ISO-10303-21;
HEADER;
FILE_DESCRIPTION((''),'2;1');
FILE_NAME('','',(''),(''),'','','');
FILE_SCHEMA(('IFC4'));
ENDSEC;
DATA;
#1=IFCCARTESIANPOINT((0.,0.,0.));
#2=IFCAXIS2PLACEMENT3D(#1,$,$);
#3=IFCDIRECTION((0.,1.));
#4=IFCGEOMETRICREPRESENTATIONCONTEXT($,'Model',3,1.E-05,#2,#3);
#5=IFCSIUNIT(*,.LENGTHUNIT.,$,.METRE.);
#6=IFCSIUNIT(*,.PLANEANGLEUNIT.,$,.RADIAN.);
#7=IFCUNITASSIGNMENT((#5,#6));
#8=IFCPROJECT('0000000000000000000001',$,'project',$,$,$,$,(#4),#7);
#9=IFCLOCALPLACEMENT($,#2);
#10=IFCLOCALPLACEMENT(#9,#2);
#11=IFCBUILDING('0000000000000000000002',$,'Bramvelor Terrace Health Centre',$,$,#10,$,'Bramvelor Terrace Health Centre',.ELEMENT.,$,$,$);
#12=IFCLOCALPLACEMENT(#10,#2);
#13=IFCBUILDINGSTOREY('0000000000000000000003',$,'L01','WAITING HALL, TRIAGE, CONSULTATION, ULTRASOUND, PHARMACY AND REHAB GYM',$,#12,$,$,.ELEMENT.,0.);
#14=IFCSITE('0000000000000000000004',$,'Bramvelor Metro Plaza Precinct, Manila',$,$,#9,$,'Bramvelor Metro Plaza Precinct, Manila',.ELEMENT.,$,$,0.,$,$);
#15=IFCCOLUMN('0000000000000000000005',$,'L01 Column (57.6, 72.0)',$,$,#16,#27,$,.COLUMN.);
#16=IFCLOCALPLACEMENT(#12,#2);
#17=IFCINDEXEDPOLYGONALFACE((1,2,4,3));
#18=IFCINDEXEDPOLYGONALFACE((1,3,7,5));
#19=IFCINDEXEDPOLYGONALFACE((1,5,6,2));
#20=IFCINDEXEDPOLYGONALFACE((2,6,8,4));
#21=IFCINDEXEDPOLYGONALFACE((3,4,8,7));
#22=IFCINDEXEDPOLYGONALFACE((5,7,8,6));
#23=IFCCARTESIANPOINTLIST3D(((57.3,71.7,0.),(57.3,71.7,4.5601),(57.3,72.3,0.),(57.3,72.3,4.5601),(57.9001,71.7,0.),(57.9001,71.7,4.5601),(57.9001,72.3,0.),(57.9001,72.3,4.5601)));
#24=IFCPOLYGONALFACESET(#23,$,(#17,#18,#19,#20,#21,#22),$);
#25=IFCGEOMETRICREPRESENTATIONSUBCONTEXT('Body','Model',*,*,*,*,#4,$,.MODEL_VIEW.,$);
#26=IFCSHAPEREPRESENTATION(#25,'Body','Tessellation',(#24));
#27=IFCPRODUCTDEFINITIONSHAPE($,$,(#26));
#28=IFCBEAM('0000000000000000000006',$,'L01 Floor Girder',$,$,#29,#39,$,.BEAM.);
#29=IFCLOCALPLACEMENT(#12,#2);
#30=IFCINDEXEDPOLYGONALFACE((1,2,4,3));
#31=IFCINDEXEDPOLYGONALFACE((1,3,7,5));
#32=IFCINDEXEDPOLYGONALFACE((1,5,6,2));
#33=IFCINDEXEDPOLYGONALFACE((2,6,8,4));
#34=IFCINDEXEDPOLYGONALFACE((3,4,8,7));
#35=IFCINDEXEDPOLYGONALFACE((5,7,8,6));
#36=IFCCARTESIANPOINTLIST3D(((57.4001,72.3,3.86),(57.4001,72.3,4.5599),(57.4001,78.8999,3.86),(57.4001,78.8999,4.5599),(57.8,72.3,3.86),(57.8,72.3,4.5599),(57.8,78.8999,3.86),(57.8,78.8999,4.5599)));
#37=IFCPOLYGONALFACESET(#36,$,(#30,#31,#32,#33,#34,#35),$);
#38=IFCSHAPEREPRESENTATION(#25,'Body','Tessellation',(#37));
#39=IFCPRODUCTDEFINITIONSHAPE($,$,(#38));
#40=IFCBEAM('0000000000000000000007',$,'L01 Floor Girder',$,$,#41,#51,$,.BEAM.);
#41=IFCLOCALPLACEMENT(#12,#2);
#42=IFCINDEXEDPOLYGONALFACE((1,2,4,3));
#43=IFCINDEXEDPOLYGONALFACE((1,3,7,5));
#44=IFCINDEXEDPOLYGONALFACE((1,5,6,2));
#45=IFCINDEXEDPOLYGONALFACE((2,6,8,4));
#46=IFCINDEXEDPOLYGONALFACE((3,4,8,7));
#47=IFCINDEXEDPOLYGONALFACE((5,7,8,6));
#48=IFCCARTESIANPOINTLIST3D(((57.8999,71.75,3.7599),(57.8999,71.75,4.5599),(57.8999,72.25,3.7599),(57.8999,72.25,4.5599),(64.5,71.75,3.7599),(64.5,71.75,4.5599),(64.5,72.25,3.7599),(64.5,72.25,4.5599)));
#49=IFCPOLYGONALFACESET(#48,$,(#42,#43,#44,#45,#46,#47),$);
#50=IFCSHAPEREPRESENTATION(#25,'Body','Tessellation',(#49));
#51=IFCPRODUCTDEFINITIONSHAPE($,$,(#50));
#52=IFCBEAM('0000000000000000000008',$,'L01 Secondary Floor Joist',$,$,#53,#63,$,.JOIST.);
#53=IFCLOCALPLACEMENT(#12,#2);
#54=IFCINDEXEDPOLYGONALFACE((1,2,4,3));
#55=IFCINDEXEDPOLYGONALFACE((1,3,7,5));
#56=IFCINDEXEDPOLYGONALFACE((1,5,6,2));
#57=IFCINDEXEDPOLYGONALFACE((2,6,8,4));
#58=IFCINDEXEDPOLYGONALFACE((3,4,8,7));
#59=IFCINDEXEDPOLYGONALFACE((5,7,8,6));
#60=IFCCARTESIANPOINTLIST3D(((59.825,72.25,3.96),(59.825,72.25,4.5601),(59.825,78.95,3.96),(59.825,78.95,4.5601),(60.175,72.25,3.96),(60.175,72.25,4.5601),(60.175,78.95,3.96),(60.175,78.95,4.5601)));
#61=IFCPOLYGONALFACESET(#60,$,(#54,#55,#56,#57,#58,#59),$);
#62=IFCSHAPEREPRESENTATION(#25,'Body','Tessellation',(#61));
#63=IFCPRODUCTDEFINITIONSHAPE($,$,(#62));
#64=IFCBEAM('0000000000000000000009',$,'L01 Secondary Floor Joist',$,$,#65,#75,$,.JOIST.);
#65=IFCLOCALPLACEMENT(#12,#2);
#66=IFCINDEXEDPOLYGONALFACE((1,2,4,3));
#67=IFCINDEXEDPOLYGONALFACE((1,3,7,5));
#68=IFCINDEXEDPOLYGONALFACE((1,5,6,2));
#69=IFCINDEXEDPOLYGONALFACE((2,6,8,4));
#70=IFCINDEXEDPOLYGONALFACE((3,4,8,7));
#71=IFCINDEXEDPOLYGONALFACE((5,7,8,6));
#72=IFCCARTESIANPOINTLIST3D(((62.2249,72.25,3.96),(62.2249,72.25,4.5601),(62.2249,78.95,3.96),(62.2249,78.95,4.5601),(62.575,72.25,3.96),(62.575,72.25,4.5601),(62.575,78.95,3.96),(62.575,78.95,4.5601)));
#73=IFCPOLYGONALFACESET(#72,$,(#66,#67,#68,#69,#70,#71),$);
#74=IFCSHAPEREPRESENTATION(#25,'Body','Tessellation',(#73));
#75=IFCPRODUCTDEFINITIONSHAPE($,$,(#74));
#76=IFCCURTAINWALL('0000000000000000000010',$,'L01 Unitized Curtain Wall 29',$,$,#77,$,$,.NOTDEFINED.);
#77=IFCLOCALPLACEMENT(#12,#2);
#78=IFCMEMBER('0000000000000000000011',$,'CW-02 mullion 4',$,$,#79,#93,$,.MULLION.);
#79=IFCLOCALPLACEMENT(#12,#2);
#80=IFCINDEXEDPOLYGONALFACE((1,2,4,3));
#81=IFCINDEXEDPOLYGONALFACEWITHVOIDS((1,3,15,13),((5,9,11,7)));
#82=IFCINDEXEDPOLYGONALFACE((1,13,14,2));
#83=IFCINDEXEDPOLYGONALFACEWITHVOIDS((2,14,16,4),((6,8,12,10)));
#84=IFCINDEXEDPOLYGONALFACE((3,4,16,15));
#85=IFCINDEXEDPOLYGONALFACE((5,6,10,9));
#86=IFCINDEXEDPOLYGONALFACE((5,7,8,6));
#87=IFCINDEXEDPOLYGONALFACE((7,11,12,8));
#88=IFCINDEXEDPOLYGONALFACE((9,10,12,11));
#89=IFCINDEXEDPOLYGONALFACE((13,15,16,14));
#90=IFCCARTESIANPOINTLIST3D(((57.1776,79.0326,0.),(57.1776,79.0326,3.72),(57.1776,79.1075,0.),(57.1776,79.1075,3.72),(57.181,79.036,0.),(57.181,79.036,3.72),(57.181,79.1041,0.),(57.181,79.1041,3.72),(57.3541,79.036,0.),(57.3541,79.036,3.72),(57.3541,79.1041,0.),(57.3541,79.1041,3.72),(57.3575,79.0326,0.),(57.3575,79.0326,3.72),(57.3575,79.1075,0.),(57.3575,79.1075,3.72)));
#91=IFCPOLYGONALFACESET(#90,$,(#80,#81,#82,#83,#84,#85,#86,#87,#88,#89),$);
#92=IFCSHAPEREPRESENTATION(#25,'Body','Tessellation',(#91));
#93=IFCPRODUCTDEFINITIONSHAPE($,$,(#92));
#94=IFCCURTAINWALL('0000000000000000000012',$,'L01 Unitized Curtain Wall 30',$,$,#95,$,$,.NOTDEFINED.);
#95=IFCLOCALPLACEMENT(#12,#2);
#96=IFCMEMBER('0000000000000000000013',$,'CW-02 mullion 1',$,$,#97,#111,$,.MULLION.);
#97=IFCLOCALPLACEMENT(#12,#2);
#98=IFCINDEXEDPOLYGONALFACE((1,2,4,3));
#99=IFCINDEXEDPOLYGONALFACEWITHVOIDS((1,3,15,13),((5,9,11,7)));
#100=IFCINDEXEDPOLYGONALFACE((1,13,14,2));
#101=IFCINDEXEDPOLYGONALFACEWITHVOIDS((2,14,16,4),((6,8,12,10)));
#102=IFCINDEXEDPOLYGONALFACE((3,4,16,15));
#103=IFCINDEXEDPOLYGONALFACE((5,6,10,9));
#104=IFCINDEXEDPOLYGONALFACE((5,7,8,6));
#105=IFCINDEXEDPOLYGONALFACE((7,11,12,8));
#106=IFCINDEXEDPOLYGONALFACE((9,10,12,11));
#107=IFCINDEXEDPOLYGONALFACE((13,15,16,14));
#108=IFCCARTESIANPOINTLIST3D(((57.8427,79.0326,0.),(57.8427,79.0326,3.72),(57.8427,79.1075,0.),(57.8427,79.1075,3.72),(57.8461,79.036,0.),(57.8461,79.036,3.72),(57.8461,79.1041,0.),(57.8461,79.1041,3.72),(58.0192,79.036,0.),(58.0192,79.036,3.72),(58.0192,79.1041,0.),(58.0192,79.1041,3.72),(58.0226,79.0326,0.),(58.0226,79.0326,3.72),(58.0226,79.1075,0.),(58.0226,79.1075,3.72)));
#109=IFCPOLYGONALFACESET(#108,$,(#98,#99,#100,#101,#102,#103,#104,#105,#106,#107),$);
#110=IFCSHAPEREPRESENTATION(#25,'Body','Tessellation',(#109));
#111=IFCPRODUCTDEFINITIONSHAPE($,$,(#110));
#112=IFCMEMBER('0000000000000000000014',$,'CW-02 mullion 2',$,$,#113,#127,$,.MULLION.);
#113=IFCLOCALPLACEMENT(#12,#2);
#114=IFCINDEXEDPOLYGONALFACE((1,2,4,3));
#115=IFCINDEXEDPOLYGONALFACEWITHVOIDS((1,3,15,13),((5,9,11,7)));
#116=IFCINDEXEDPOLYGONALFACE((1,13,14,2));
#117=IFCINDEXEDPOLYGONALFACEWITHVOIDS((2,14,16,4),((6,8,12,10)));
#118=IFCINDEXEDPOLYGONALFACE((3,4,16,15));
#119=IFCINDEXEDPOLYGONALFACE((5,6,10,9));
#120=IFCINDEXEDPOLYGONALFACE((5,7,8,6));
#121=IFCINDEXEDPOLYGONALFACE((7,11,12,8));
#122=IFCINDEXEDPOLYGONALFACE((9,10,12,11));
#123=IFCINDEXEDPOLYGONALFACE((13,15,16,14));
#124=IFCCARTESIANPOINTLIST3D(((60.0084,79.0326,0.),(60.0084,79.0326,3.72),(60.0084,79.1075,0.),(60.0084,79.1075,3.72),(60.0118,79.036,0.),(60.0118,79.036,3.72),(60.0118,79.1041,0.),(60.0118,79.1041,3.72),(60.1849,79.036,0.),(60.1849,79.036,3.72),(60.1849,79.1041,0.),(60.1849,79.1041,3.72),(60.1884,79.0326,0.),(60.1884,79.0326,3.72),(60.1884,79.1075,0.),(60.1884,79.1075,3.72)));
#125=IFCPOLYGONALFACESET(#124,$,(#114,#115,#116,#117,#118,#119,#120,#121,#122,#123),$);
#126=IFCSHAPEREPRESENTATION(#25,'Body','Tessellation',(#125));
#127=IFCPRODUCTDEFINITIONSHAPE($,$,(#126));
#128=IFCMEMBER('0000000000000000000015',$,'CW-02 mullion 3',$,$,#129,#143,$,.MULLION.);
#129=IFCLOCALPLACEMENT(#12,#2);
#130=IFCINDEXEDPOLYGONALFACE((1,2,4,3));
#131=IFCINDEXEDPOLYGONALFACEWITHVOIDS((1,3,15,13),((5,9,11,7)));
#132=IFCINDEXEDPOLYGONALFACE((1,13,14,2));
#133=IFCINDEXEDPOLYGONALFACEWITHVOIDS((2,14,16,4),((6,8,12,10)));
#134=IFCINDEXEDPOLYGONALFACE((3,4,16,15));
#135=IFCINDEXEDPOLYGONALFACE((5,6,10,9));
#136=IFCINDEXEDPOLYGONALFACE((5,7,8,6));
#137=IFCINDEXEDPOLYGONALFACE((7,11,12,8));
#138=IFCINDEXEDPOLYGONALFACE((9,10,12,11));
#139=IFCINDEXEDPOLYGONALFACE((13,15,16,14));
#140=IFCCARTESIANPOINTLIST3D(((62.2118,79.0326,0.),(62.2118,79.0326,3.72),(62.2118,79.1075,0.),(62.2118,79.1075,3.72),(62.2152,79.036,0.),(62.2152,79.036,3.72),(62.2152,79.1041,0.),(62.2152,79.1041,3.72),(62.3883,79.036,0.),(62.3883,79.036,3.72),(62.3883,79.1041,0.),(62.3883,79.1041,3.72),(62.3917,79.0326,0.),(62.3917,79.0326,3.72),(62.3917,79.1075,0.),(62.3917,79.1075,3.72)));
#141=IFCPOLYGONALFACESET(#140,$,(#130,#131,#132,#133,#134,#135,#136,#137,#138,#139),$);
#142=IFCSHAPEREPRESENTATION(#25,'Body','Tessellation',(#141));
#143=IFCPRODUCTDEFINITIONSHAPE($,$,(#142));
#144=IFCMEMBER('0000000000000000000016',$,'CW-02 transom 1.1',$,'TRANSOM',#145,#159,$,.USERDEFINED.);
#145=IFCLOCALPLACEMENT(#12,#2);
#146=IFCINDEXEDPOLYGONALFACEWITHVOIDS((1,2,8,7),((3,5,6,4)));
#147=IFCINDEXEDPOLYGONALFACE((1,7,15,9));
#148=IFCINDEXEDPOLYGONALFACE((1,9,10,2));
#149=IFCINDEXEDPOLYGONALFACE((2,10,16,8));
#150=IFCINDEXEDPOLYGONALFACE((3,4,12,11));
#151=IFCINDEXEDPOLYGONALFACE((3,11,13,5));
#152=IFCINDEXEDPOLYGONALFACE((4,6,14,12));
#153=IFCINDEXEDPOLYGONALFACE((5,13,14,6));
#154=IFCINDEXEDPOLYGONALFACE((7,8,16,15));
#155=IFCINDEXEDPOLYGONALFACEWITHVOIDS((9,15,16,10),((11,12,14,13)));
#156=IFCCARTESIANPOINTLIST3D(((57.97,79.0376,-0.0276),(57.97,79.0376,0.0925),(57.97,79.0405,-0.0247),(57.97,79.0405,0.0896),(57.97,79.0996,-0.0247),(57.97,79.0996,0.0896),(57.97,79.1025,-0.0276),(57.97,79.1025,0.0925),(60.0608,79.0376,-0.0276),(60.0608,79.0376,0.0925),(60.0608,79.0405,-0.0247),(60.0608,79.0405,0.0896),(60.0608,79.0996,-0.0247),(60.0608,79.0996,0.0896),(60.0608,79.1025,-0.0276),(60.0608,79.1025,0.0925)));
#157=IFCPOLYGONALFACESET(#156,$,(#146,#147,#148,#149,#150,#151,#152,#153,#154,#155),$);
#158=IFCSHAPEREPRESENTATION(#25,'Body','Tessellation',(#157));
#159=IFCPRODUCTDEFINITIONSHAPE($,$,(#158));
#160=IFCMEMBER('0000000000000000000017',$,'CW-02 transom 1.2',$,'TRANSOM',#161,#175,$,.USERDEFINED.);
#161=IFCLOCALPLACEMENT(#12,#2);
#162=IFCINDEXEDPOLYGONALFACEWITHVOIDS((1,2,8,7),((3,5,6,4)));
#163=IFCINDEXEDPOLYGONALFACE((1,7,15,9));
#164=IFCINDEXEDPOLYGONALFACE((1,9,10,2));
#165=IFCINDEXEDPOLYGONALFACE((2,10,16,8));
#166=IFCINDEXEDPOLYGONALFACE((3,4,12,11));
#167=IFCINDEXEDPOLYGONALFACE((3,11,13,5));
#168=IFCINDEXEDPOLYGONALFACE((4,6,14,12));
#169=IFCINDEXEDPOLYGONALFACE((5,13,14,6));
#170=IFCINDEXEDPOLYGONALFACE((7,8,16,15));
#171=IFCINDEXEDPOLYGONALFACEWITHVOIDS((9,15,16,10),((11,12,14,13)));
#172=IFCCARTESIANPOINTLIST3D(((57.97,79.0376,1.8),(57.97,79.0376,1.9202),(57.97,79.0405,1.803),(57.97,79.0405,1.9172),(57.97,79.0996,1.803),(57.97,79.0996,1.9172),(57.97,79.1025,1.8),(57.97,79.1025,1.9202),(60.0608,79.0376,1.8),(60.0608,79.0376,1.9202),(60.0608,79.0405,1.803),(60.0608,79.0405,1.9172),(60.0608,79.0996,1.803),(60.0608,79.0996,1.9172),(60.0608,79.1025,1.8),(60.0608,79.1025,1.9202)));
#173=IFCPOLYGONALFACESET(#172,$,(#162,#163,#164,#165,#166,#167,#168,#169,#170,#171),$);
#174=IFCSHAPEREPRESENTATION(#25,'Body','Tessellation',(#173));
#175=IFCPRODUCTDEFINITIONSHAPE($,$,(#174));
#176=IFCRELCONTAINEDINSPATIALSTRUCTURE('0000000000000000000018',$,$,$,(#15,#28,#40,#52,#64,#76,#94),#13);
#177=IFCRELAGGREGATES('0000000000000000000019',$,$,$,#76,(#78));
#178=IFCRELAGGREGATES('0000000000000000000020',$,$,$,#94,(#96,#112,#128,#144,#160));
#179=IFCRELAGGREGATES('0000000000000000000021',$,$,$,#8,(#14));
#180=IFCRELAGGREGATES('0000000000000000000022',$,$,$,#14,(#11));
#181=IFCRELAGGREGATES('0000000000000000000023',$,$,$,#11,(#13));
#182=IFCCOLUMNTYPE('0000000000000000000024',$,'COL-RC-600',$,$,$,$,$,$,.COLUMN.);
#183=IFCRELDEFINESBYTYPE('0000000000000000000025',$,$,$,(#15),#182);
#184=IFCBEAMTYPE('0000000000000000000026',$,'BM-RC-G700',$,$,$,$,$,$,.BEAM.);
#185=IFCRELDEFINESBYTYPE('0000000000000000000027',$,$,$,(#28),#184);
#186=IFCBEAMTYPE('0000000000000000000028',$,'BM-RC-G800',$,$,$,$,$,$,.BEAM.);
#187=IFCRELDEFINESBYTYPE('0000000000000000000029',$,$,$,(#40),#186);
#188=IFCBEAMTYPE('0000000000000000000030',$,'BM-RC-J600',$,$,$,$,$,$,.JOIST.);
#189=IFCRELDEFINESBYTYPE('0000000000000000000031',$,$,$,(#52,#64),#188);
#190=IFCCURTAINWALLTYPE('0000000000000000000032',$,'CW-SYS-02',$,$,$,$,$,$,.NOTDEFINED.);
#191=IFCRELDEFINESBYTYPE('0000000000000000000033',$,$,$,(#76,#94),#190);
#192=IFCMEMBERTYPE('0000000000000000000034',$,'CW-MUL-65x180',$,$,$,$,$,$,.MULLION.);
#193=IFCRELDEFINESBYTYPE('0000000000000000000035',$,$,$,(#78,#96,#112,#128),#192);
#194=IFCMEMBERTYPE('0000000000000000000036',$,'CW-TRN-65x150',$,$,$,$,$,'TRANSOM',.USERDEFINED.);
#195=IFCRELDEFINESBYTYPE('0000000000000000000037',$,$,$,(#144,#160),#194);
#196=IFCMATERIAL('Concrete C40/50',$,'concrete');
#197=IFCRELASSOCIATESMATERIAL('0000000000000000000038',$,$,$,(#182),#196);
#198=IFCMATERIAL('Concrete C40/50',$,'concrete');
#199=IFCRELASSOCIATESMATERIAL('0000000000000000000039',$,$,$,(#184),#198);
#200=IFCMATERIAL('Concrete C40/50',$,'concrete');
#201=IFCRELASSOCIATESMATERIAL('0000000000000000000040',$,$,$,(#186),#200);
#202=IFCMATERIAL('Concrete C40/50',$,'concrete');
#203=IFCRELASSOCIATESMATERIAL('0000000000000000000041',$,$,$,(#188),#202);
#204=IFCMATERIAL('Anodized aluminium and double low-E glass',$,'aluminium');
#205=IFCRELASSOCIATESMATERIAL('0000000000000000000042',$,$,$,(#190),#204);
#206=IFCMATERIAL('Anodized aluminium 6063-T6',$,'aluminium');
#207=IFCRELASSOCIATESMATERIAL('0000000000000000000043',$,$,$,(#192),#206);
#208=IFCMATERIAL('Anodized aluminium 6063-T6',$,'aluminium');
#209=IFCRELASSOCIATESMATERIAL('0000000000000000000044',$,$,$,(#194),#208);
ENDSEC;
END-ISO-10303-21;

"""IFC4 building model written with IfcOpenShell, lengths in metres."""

from ifc_helpers import new_model, si_unit, direction, frame, origin, origin_2d, place, context, subcontext, project, spatial, rectangle, hollow_rectangle, extrude, material, material_profile, profile_set, type_object, element, aggregate, save


model = new_model("IFC4")

# Units and contexts
model_context = context("Model", 3, precision=1e-05, world=origin(), true_north=direction((0.0, 1.0)))
body_context = subcontext(model_context, "Body", "Model", "MODEL_VIEW")
ifc_project = project(units=[si_unit("LENGTHUNIT", "METRE"), si_unit("PLANEANGLEUNIT", "RADIAN")], contexts=[model_context])

# Site, building, storey
site_placement = place(None, origin())
site = spatial("IfcSite", under=ifc_project, at=site_placement, Name="Bramvelor Metro Plaza Precinct, Manila", LongName="Bramvelor Metro Plaza Precinct, Manila", CompositionType="ELEMENT", RefElevation=0.0)
building_placement = place(site_placement, origin())
building = spatial("IfcBuilding", under=site, at=building_placement, Name="Bramvelor Terrace Health Centre", LongName="Bramvelor Terrace Health Centre", CompositionType="ELEMENT")
storey_placement = place(building_placement, origin())
storey = spatial("IfcBuildingStorey", under=building, at=storey_placement, Name="L01", Description="WAITING HALL, TRIAGE, CONSULTATION, ULTRASOUND, PHARMACY AND REHAB GYM", CompositionType="ELEMENT", Elevation=0.0)

# Column
ifc_material_1 = material(Name="Concrete C40/50", Category="concrete")
ifc_material_profile_1 = material_profile(ifc_material_1, rectangle(XDim=0.6001, YDim=0.6001, at=origin_2d()), Name="RC 600x600")
ifc_profile_set_1 = profile_set([ifc_material_profile_1], Name="Concrete C40/50")
column_type = type_object("IfcColumnType", Name="COL-RC-600", PredefinedType="COLUMN", material=ifc_profile_set_1)
column_placement = place(storey_placement, frame((57.6001, 72.0, 0.0), z_axis=(0.0, 0.0, 1.0), x_axis=(1.0, 0.0, 0.0)))
element("IfcColumn", 1, at=column_placement, inside=storey, type_object=column_type, Name="L01 Column (57.6, 72.0)", PredefinedType="COLUMN", context=body_context, shape_type="SweptSolid", body=[
    extrude(rectangle(XDim=0.6001, YDim=0.6001, at=origin_2d()), origin(), (0.0, 0.0, 1.0), 4.5601),
])

# Beams
ifc_material_2 = material(Name="Concrete C40/50", Category="concrete")
ifc_material_profile_2 = material_profile(ifc_material_2, rectangle(XDim=0.3999, YDim=0.7, at=origin_2d()), Name="RC 400x700")
ifc_profile_set_2 = profile_set([ifc_material_profile_2], Name="Concrete C40/50")
beam_type_1 = type_object("IfcBeamType", Name="BM-RC-G700", PredefinedType="BEAM", material=ifc_profile_set_2)
beam_1_placement = place(storey_placement, frame((57.6001, 72.3, 4.21), z_axis=(0.0, 1.0, 0.0), x_axis=(-1.0, 0.0, 0.0)))
element("IfcBeam", 2, at=beam_1_placement, inside=storey, type_object=beam_type_1, Name="L01 Floor Girder", PredefinedType="BEAM", context=body_context, shape_type="SweptSolid", body=[
    extrude(rectangle(XDim=0.3999, YDim=0.7, at=origin_2d()), origin(), (0.0, 0.0, 1.0), 6.5999),
])
ifc_material_3 = material(Name="Concrete C40/50", Category="concrete")
ifc_material_profile_3 = material_profile(ifc_material_3, rectangle(XDim=0.5, YDim=0.8, at=origin_2d()), Name="RC 500x800")
ifc_profile_set_3 = profile_set([ifc_material_profile_3], Name="Concrete C40/50")
beam_type_2 = type_object("IfcBeamType", Name="BM-RC-G800", PredefinedType="BEAM", material=ifc_profile_set_3)
beam_2_placement = place(storey_placement, frame((57.8999, 72.0, 4.1599), z_axis=(1.0, 0.0, 0.0), x_axis=(0.0, 1.0, 0.0)))
element("IfcBeam", 3, at=beam_2_placement, inside=storey, type_object=beam_type_2, Name="L01 Floor Girder", PredefinedType="BEAM", context=body_context, shape_type="SweptSolid", body=[
    extrude(rectangle(XDim=0.5, YDim=0.8, at=origin_2d()), origin(), (0.0, 0.0, 1.0), 6.6001),
])
ifc_material_4 = material(Name="Concrete C40/50", Category="concrete")
ifc_material_profile_4 = material_profile(ifc_material_4, rectangle(XDim=0.3501, YDim=0.6001, at=origin_2d()), Name="RC 350x600")
ifc_profile_set_4 = profile_set([ifc_material_profile_4], Name="Concrete C40/50")
beam_type_3 = type_object("IfcBeamType", Name="BM-RC-J600", PredefinedType="JOIST", material=ifc_profile_set_4)
for number, where, z_axis, x_axis, name in (
    (4, (60.0, 72.25, 4.26), (0.0, 1.0, 0.0), (-1.0, 0.0, 0.0), "L01 Secondary Floor Joist"),
    (5, (62.3999, 72.25, 4.26), (0.0, 1.0, 0.0), (-1.0, 0.0, 0.0), "L01 Secondary Floor Joist"),
):
    element("IfcBeam", number, at=place(storey_placement, frame(where, z_axis=z_axis, x_axis=x_axis)), inside=storey, type_object=beam_type_3, Name=name, PredefinedType="JOIST", context=body_context, shape_type="SweptSolid", body=[
        extrude(rectangle(XDim=0.3501, YDim=0.6001, at=origin_2d()), origin(), (0.0, 0.0, 1.0), 6.7),
    ])

# Curtain wall, member
ifc_material_5 = material(Name="Anodized aluminium and double low-E glass", Category="aluminium")
curtain_wall_type = type_object("IfcCurtainWallType", Name="CW-SYS-02", PredefinedType="NOTDEFINED", material=ifc_material_5)
curtain_wall_1_placement = place(storey_placement, origin())
curtain_wall_1 = element("IfcCurtainWall", 6, at=curtain_wall_1_placement, inside=storey, type_object=curtain_wall_type, Name="L01 Unitized Curtain Wall 29", PredefinedType="NOTDEFINED")
ifc_material_6 = material(Name="Anodized aluminium 6063-T6", Category="aluminium")
ifc_material_profile_5 = material_profile(ifc_material_6, hollow_rectangle(XDim=0.075, YDim=0.1799, WallThickness=0.0034, at=origin_2d()), Name="ALU-MUL 75x180x3.5")
ifc_profile_set_5 = profile_set([ifc_material_profile_5], Name="Anodized aluminium 6063-T6")
member_type_1 = type_object("IfcMemberType", Name="CW-MUL-65x180", PredefinedType="MULLION", material=ifc_profile_set_5)
member_1_placement = place(storey_placement, frame((57.2676, 79.0701, 0.0), z_axis=(0.0, 0.0, 1.0), x_axis=(0.0, 1.0, 0.0)))
member_1 = element("IfcMember", 7, at=member_1_placement, type_object=member_type_1, Name="CW-02 mullion 4", PredefinedType="MULLION", context=body_context, shape_type="SweptSolid", body=[
    extrude(hollow_rectangle(XDim=0.075, YDim=0.1799, WallThickness=0.0034, at=origin_2d()), origin(), (0.0, 0.0, 1.0), 3.72),
])

# Curtain wall, members
curtain_wall_2_placement = place(storey_placement, origin())
curtain_wall_2 = element("IfcCurtainWall", 8, at=curtain_wall_2_placement, inside=storey, type_object=curtain_wall_type, Name="L01 Unitized Curtain Wall 30", PredefinedType="NOTDEFINED")
member_2_placement = place(storey_placement, frame((57.9326, 79.0701, 0.0), z_axis=(0.0, 0.0, 1.0), x_axis=(0.0, 1.0, 0.0)))
member_2 = element("IfcMember", 9, at=member_2_placement, type_object=member_type_1, Name="CW-02 mullion 1", PredefinedType="MULLION", context=body_context, shape_type="SweptSolid", body=[
    extrude(hollow_rectangle(XDim=0.075, YDim=0.1799, WallThickness=0.0034, at=origin_2d()), origin(), (0.0, 0.0, 1.0), 3.72),
])
member_3_placement = place(storey_placement, frame((60.0984, 79.0701, 0.0), z_axis=(0.0, 0.0, 1.0), x_axis=(0.0, 1.0, 0.0)))
member_3 = element("IfcMember", 10, at=member_3_placement, type_object=member_type_1, Name="CW-02 mullion 2", PredefinedType="MULLION", context=body_context, shape_type="SweptSolid", body=[
    extrude(hollow_rectangle(XDim=0.075, YDim=0.1799, WallThickness=0.0034, at=origin_2d()), origin(), (0.0, 0.0, 1.0), 3.72),
])
member_4_placement = place(storey_placement, frame((62.3018, 79.0701, 0.0), z_axis=(0.0, 0.0, 1.0), x_axis=(0.0, 1.0, 0.0)))
member_4 = element("IfcMember", 11, at=member_4_placement, type_object=member_type_1, Name="CW-02 mullion 3", PredefinedType="MULLION", context=body_context, shape_type="SweptSolid", body=[
    extrude(hollow_rectangle(XDim=0.075, YDim=0.1799, WallThickness=0.0034, at=origin_2d()), origin(), (0.0, 0.0, 1.0), 3.72),
])
ifc_material_7 = material(Name="Anodized aluminium 6063-T6", Category="aluminium")
ifc_material_profile_6 = material_profile(ifc_material_7, hollow_rectangle(XDim=0.0649, YDim=0.1201, WallThickness=0.0029, at=origin_2d()), Name="ALU-TRN 65x120x3.0")
ifc_profile_set_6 = profile_set([ifc_material_profile_6], Name="Anodized aluminium 6063-T6")
member_type_2 = type_object("IfcMemberType", Name="CW-TRN-65x150", ElementType="TRANSOM", PredefinedType="USERDEFINED", material=ifc_profile_set_6)
member_5_placement = place(storey_placement, frame((57.97, 79.0701, 0.0325), z_axis=(1.0, 0.0, 0.0), x_axis=(0.0, 1.0, 0.0)))
member_5 = element("IfcMember", 12, at=member_5_placement, type_object=member_type_2, Name="CW-02 transom 1.1", ObjectType="TRANSOM", PredefinedType="USERDEFINED", context=body_context, shape_type="SweptSolid", body=[
    extrude(hollow_rectangle(XDim=0.0649, YDim=0.1201, WallThickness=0.0029, at=origin_2d()), origin(), (0.0, 0.0, 1.0), 2.0908),
])
member_6_placement = place(storey_placement, frame((57.97, 79.0701, 1.8601), z_axis=(1.0, 0.0, 0.0), x_axis=(0.0, 1.0, 0.0)))
member_6 = element("IfcMember", 13, at=member_6_placement, type_object=member_type_2, Name="CW-02 transom 1.2", ObjectType="TRANSOM", PredefinedType="USERDEFINED", context=body_context, shape_type="SweptSolid", body=[
    extrude(hollow_rectangle(XDim=0.0649, YDim=0.1201, WallThickness=0.0029, at=origin_2d()), origin(), (0.0, 0.0, 1.0), 2.0908),
])

aggregate(curtain_wall_1, [member_1])
aggregate(curtain_wall_2, [member_2, member_3, member_4, member_5, member_6])

save(model, "model.ifc")
